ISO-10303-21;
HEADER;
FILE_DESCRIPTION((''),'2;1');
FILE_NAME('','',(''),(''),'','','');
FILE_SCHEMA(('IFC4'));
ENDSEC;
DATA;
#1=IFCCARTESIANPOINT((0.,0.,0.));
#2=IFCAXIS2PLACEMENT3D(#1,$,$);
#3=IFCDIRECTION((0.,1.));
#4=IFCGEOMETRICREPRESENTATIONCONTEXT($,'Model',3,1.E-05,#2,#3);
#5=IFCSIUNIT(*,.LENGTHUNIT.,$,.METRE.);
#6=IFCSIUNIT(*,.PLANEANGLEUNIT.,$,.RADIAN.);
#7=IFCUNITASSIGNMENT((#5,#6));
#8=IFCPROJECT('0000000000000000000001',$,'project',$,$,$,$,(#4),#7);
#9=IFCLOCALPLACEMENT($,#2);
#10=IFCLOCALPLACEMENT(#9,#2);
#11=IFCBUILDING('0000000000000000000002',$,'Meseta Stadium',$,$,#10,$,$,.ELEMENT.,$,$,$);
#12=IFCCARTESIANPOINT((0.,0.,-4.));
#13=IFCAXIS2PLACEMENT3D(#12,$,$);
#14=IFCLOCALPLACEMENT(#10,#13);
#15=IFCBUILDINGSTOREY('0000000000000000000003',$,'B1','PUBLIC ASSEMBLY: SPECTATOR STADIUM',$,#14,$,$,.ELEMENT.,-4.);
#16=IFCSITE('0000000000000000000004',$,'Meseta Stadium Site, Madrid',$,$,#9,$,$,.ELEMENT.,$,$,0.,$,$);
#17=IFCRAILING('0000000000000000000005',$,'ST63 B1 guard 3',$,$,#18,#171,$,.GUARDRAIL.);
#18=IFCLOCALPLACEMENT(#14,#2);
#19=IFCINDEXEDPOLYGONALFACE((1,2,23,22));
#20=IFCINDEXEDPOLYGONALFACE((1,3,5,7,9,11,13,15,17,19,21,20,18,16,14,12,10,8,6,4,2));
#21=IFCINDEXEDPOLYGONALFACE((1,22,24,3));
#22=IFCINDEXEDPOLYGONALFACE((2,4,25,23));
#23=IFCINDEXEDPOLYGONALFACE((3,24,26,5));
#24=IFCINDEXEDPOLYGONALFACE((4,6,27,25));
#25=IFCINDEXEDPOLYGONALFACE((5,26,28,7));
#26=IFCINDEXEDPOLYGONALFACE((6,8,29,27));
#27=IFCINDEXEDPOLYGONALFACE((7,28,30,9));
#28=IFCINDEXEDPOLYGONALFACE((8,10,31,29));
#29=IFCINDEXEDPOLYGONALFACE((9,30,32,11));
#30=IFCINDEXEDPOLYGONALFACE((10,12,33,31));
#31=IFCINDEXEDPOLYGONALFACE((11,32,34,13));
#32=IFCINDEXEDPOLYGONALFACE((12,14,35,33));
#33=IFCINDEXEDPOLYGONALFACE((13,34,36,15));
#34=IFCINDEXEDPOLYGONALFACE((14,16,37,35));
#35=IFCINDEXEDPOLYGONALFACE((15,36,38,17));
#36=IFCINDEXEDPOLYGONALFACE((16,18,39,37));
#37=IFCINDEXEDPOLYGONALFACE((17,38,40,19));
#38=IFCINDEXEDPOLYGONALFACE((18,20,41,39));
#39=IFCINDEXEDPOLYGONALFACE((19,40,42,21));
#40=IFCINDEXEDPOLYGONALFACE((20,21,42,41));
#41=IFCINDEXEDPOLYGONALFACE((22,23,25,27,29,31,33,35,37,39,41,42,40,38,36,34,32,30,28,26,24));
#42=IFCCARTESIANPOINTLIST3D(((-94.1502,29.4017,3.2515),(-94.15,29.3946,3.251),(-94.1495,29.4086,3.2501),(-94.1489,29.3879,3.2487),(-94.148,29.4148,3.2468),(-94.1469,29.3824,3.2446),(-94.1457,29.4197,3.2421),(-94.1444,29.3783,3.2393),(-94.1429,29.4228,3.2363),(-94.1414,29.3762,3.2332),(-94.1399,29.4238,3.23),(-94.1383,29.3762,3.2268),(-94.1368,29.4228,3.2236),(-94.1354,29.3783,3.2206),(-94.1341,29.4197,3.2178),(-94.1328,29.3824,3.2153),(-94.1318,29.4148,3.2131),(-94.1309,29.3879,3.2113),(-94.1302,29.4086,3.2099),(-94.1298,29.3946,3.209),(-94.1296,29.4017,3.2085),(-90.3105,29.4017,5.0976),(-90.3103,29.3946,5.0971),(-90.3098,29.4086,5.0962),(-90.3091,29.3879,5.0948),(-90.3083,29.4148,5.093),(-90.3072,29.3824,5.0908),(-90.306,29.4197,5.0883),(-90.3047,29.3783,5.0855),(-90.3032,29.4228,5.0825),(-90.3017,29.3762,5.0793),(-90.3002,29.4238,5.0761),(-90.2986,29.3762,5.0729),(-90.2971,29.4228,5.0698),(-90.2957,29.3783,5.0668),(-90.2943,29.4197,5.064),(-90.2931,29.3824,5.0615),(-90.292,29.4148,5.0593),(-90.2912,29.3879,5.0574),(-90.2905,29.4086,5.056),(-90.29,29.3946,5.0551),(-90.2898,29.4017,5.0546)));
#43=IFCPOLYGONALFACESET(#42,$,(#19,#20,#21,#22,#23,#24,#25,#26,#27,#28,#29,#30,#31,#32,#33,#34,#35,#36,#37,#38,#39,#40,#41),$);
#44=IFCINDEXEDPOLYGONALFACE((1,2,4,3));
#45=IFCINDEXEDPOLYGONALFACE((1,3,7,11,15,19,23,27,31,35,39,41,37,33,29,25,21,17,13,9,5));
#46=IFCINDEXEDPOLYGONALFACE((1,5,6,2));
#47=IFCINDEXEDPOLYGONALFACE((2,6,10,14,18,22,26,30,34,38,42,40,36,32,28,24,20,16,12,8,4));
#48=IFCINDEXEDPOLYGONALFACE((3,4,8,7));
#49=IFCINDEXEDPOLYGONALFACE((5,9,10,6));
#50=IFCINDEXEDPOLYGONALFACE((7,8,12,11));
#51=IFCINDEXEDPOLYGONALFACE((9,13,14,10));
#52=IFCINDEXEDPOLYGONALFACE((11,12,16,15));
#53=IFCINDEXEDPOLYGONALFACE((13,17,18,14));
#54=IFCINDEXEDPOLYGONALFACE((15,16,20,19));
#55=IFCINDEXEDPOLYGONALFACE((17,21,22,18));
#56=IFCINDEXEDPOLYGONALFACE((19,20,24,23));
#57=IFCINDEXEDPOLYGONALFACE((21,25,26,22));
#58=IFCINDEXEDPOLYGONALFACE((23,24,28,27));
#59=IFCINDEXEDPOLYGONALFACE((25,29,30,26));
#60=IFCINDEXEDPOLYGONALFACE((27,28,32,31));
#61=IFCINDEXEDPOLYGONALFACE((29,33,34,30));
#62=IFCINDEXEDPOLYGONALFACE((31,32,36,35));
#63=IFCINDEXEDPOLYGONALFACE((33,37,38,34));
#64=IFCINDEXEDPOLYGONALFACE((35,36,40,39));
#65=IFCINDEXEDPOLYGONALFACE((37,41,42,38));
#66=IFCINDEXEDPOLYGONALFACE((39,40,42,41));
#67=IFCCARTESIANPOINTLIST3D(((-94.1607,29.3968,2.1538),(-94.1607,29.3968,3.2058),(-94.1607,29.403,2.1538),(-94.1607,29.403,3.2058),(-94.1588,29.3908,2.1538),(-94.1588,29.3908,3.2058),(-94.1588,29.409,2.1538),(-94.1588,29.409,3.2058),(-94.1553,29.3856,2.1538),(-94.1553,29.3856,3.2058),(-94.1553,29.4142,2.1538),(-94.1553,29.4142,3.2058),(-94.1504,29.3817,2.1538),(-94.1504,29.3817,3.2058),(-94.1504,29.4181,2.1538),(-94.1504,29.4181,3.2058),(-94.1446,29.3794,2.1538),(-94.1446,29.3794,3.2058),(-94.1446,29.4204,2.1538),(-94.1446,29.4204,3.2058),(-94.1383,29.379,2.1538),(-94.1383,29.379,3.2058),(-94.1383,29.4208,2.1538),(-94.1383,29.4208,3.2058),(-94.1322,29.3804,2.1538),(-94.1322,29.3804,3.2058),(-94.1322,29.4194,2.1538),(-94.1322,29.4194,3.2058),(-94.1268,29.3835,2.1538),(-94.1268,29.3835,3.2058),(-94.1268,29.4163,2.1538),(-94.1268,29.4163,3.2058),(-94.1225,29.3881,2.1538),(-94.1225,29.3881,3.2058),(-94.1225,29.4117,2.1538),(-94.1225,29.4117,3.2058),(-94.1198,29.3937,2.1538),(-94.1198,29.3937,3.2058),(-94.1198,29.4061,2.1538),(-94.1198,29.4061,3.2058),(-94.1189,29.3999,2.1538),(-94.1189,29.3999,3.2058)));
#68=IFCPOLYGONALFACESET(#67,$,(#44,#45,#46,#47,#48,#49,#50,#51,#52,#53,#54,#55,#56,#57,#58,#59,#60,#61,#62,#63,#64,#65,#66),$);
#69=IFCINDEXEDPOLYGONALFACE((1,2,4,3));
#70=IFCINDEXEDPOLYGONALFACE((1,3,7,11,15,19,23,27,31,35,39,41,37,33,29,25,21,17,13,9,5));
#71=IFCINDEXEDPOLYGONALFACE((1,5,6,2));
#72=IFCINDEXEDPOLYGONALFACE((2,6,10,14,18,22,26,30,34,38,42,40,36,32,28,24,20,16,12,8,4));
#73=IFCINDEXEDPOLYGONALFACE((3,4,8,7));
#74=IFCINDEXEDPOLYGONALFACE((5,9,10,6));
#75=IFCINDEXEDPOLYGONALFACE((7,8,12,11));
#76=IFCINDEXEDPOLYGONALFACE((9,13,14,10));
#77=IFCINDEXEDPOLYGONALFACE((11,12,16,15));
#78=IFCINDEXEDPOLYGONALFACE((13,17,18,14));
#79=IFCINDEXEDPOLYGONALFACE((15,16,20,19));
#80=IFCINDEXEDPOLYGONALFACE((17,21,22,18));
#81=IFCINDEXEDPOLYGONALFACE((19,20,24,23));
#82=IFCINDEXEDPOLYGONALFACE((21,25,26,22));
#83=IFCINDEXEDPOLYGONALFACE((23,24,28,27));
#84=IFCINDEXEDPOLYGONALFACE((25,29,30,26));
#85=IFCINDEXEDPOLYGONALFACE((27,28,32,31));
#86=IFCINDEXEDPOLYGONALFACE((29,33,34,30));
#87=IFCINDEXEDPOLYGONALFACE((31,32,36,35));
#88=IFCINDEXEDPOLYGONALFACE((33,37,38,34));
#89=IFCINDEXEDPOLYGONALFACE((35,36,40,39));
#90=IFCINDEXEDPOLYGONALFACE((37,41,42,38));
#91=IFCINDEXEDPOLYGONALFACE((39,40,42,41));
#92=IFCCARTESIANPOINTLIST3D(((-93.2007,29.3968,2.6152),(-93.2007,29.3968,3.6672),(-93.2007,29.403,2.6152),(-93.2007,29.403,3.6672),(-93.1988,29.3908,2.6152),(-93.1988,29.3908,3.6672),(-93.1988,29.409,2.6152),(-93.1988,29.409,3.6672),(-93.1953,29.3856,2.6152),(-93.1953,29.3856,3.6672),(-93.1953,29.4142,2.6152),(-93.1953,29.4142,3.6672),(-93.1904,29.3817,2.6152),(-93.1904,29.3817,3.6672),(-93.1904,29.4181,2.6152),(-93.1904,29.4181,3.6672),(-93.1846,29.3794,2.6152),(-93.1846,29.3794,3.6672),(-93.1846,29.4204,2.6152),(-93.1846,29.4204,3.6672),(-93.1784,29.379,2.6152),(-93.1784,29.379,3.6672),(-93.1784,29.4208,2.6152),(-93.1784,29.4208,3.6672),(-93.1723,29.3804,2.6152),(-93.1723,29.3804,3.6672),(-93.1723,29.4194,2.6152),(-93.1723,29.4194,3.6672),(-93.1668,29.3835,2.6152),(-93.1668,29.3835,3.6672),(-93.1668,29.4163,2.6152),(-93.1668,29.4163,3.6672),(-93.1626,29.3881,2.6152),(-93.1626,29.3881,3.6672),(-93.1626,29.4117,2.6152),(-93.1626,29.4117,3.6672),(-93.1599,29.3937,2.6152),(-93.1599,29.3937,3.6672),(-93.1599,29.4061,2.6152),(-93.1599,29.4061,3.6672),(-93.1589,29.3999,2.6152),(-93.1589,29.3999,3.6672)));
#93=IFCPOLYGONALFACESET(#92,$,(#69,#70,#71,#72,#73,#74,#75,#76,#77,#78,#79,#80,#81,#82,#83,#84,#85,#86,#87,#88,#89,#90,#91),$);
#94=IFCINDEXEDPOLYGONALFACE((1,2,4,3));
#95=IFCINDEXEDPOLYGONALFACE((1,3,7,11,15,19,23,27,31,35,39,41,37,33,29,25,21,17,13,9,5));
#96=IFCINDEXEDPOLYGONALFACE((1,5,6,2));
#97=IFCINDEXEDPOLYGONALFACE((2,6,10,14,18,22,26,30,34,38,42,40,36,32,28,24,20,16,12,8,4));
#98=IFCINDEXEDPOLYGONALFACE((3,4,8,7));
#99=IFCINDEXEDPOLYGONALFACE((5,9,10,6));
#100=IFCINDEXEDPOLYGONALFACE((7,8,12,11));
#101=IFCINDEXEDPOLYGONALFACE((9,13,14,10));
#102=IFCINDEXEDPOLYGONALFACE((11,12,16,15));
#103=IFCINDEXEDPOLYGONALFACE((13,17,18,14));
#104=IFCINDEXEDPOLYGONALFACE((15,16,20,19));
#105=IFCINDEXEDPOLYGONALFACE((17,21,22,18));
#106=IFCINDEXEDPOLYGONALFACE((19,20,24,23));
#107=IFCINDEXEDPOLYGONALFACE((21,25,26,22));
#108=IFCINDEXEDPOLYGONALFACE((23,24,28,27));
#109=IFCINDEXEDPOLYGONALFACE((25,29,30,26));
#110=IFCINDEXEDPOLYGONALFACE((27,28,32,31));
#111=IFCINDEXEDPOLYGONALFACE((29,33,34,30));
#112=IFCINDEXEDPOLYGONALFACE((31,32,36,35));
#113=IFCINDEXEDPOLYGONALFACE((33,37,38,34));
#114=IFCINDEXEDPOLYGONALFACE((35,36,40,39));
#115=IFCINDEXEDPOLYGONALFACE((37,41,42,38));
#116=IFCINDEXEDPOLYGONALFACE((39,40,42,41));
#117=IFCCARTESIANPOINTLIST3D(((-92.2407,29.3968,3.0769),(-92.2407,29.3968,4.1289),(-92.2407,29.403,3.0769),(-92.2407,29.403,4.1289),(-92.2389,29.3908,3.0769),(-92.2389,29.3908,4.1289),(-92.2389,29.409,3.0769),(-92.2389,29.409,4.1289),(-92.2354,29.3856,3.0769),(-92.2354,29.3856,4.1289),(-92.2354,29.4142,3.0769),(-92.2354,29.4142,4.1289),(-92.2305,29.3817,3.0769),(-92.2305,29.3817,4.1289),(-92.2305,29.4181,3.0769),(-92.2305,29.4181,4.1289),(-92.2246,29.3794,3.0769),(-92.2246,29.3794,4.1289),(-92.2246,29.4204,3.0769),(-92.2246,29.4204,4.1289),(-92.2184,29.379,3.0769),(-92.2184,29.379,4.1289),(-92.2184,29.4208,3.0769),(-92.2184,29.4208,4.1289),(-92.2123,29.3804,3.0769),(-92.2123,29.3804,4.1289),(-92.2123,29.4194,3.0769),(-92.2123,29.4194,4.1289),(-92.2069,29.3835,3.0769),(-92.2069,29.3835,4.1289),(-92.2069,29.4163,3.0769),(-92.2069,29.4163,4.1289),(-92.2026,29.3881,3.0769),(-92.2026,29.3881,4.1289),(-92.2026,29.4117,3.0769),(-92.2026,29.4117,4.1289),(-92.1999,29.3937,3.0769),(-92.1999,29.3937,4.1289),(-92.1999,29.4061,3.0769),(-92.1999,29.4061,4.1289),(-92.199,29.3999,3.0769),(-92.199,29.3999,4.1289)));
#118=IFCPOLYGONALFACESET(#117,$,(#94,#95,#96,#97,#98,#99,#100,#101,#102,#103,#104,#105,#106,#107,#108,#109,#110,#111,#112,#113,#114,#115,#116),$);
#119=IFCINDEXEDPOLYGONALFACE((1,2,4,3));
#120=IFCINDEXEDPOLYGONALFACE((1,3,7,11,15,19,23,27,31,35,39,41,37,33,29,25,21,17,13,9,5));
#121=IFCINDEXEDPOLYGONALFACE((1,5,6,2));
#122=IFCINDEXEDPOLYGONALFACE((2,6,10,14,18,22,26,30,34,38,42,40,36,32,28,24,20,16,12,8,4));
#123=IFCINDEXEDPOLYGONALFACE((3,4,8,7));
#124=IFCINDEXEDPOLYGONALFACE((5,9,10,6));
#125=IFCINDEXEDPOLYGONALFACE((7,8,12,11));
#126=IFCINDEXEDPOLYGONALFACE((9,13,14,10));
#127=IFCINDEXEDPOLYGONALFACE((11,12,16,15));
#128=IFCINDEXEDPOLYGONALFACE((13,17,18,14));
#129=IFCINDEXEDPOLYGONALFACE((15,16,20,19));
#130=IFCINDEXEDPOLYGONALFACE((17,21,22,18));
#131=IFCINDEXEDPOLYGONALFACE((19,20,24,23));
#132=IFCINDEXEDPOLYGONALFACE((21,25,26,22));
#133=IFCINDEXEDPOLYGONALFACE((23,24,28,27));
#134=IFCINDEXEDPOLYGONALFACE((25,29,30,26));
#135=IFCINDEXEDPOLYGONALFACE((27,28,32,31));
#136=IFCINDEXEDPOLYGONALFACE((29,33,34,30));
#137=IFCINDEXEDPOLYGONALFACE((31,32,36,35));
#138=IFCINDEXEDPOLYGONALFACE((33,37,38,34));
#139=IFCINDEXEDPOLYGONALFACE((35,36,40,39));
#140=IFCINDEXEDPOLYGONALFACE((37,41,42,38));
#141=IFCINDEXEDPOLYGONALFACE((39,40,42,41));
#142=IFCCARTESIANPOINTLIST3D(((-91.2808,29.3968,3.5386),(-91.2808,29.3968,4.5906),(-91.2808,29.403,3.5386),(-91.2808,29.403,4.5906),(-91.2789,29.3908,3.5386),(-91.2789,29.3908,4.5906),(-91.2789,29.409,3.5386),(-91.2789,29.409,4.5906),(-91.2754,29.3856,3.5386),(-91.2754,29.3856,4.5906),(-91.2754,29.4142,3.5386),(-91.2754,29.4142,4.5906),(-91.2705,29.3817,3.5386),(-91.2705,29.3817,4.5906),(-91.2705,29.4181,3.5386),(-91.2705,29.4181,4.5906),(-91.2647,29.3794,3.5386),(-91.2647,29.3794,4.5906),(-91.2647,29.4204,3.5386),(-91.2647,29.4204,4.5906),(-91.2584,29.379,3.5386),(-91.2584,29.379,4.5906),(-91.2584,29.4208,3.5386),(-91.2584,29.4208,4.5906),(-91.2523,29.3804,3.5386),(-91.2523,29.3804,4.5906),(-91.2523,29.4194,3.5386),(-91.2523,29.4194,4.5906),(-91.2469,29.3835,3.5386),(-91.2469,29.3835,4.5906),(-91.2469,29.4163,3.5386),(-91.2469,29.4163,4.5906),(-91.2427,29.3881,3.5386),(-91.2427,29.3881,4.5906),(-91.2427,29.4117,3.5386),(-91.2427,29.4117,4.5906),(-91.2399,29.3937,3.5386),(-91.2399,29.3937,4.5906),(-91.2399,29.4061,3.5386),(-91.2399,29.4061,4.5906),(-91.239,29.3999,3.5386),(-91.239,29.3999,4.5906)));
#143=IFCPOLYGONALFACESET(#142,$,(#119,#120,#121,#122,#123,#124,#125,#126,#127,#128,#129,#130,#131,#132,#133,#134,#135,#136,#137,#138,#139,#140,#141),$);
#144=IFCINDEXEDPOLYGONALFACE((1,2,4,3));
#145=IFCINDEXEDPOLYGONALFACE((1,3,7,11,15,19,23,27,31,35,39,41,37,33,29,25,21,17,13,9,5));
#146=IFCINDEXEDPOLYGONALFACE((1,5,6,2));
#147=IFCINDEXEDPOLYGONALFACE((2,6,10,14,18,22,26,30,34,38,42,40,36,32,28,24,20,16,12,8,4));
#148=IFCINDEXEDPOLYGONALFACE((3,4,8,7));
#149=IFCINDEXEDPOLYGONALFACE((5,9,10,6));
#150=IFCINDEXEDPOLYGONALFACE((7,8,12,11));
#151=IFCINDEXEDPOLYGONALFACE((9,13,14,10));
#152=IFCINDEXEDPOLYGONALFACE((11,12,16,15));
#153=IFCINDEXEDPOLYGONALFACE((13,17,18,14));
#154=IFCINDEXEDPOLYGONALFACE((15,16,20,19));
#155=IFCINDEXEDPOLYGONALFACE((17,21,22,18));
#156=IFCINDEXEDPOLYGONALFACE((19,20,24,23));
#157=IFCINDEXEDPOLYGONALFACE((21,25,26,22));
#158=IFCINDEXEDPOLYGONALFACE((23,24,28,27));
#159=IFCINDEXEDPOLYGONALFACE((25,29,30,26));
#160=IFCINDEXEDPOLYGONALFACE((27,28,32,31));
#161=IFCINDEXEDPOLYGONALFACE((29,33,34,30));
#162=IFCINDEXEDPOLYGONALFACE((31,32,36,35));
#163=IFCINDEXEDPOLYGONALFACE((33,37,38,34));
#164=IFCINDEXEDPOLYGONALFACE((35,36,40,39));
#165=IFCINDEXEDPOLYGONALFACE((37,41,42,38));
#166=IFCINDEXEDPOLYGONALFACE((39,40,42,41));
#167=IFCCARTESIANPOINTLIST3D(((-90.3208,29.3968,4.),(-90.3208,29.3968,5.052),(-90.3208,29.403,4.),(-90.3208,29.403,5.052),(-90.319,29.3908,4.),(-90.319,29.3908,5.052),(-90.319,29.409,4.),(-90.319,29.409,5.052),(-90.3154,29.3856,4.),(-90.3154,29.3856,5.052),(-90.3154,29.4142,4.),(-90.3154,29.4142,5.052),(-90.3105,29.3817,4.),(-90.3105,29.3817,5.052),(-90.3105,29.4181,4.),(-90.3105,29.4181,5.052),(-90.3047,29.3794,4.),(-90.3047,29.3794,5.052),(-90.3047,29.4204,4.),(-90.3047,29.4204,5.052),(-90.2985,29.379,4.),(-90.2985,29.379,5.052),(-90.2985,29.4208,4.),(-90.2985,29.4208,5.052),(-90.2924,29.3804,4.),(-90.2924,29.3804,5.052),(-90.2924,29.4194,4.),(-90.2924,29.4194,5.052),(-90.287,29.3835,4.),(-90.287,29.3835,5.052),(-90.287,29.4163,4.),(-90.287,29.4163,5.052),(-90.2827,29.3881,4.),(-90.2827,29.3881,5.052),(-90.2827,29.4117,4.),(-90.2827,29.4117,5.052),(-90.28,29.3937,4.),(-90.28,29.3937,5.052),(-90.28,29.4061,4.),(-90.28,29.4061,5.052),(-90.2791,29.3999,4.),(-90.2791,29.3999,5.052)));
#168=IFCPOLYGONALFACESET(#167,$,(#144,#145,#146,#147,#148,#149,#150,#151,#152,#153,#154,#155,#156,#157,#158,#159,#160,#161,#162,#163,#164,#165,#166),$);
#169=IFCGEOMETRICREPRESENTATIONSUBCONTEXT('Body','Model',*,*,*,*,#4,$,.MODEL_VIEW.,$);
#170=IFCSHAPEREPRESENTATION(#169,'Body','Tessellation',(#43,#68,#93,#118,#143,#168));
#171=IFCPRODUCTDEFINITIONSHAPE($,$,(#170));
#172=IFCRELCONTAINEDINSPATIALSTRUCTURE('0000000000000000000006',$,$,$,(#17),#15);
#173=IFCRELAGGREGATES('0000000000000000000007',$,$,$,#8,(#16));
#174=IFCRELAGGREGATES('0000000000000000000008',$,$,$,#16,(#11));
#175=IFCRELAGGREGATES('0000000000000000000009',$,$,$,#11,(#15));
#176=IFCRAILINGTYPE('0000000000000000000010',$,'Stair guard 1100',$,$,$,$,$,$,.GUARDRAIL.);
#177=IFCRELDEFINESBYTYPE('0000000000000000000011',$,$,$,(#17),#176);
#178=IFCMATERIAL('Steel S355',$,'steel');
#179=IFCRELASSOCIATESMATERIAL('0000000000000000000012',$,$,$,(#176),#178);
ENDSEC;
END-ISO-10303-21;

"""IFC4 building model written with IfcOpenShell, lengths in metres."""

from ifc_helpers import new_model, si_unit, direction, frame, origin, origin_2d, place, context, subcontext, project, spatial, circle, extrude, material, type_object, element, save


model = new_model("IFC4")

# Units and contexts
model_context = context("Model", 3, precision=1e-05, world=origin(), true_north=direction((0.0, 1.0)))
body_context = subcontext(model_context, "Body", "Model", "MODEL_VIEW")
ifc_project = project(units=[si_unit("LENGTHUNIT", "METRE"), si_unit("PLANEANGLEUNIT", "RADIAN")], contexts=[model_context])

# Site, building, storey
site_placement = place(None, origin())
site = spatial("IfcSite", under=ifc_project, at=site_placement, Name="Meseta Stadium Site, Madrid", CompositionType="ELEMENT", RefElevation=0.0)
building_placement = place(site_placement, origin())
building = spatial("IfcBuilding", under=site, at=building_placement, Name="Meseta Stadium", CompositionType="ELEMENT")
storey_placement = place(building_placement, frame((0.0, 0.0, -4.0)))
storey = spatial("IfcBuildingStorey", under=building, at=storey_placement, Name="B1", Description="PUBLIC ASSEMBLY: SPECTATOR STADIUM", CompositionType="ELEMENT", Elevation=-4.0)

# Railing
ifc_material_1 = material(Name="Steel S355", Category="steel")
railing_type_1 = type_object("IfcRailingType", Name="Stair guard 1100", PredefinedType="GUARDRAIL", material=ifc_material_1)
railing_1_placement = place(storey_placement, frame((-94.1399, 29.3999, 2.1538)))
element("IfcRailing", 1, at=railing_1_placement, inside=storey, type_object=railing_type_1, Name="ST63 B1 guard 3", PredefinedType="GUARDRAIL", context=body_context, shape_type="SweptSolid", body=[
    extrude(circle(Radius=0.0239, at=origin_2d()), frame((0.0, 0.0, 1.0762), z_axis=(0.901242, 0.0, 0.433316), x_axis=(0.0, 1.0, 0.0)), (0.0, 0.0, 1.0), 4.2605),
    extrude(circle(Radius=0.021, at=origin_2d()), origin(), (0.0, 0.0, 1.0), 1.052),
    extrude(circle(Radius=0.021, at=origin_2d()), frame((0.96, 0.0, 0.4614)), (0.0, 0.0, 1.0), 1.052),
    extrude(circle(Radius=0.021, at=origin_2d()), frame((1.9199, 0.0, 0.9231)), (0.0, 0.0, 1.0), 1.052),
    extrude(circle(Radius=0.021, at=origin_2d()), frame((2.8799, 0.0, 1.3848)), (0.0, 0.0, 1.0), 1.052),
    extrude(circle(Radius=0.021, at=origin_2d()), frame((3.8398, 0.0, 1.8462)), (0.0, 0.0, 1.0), 1.052),
])

save(model, "model.ifc")
